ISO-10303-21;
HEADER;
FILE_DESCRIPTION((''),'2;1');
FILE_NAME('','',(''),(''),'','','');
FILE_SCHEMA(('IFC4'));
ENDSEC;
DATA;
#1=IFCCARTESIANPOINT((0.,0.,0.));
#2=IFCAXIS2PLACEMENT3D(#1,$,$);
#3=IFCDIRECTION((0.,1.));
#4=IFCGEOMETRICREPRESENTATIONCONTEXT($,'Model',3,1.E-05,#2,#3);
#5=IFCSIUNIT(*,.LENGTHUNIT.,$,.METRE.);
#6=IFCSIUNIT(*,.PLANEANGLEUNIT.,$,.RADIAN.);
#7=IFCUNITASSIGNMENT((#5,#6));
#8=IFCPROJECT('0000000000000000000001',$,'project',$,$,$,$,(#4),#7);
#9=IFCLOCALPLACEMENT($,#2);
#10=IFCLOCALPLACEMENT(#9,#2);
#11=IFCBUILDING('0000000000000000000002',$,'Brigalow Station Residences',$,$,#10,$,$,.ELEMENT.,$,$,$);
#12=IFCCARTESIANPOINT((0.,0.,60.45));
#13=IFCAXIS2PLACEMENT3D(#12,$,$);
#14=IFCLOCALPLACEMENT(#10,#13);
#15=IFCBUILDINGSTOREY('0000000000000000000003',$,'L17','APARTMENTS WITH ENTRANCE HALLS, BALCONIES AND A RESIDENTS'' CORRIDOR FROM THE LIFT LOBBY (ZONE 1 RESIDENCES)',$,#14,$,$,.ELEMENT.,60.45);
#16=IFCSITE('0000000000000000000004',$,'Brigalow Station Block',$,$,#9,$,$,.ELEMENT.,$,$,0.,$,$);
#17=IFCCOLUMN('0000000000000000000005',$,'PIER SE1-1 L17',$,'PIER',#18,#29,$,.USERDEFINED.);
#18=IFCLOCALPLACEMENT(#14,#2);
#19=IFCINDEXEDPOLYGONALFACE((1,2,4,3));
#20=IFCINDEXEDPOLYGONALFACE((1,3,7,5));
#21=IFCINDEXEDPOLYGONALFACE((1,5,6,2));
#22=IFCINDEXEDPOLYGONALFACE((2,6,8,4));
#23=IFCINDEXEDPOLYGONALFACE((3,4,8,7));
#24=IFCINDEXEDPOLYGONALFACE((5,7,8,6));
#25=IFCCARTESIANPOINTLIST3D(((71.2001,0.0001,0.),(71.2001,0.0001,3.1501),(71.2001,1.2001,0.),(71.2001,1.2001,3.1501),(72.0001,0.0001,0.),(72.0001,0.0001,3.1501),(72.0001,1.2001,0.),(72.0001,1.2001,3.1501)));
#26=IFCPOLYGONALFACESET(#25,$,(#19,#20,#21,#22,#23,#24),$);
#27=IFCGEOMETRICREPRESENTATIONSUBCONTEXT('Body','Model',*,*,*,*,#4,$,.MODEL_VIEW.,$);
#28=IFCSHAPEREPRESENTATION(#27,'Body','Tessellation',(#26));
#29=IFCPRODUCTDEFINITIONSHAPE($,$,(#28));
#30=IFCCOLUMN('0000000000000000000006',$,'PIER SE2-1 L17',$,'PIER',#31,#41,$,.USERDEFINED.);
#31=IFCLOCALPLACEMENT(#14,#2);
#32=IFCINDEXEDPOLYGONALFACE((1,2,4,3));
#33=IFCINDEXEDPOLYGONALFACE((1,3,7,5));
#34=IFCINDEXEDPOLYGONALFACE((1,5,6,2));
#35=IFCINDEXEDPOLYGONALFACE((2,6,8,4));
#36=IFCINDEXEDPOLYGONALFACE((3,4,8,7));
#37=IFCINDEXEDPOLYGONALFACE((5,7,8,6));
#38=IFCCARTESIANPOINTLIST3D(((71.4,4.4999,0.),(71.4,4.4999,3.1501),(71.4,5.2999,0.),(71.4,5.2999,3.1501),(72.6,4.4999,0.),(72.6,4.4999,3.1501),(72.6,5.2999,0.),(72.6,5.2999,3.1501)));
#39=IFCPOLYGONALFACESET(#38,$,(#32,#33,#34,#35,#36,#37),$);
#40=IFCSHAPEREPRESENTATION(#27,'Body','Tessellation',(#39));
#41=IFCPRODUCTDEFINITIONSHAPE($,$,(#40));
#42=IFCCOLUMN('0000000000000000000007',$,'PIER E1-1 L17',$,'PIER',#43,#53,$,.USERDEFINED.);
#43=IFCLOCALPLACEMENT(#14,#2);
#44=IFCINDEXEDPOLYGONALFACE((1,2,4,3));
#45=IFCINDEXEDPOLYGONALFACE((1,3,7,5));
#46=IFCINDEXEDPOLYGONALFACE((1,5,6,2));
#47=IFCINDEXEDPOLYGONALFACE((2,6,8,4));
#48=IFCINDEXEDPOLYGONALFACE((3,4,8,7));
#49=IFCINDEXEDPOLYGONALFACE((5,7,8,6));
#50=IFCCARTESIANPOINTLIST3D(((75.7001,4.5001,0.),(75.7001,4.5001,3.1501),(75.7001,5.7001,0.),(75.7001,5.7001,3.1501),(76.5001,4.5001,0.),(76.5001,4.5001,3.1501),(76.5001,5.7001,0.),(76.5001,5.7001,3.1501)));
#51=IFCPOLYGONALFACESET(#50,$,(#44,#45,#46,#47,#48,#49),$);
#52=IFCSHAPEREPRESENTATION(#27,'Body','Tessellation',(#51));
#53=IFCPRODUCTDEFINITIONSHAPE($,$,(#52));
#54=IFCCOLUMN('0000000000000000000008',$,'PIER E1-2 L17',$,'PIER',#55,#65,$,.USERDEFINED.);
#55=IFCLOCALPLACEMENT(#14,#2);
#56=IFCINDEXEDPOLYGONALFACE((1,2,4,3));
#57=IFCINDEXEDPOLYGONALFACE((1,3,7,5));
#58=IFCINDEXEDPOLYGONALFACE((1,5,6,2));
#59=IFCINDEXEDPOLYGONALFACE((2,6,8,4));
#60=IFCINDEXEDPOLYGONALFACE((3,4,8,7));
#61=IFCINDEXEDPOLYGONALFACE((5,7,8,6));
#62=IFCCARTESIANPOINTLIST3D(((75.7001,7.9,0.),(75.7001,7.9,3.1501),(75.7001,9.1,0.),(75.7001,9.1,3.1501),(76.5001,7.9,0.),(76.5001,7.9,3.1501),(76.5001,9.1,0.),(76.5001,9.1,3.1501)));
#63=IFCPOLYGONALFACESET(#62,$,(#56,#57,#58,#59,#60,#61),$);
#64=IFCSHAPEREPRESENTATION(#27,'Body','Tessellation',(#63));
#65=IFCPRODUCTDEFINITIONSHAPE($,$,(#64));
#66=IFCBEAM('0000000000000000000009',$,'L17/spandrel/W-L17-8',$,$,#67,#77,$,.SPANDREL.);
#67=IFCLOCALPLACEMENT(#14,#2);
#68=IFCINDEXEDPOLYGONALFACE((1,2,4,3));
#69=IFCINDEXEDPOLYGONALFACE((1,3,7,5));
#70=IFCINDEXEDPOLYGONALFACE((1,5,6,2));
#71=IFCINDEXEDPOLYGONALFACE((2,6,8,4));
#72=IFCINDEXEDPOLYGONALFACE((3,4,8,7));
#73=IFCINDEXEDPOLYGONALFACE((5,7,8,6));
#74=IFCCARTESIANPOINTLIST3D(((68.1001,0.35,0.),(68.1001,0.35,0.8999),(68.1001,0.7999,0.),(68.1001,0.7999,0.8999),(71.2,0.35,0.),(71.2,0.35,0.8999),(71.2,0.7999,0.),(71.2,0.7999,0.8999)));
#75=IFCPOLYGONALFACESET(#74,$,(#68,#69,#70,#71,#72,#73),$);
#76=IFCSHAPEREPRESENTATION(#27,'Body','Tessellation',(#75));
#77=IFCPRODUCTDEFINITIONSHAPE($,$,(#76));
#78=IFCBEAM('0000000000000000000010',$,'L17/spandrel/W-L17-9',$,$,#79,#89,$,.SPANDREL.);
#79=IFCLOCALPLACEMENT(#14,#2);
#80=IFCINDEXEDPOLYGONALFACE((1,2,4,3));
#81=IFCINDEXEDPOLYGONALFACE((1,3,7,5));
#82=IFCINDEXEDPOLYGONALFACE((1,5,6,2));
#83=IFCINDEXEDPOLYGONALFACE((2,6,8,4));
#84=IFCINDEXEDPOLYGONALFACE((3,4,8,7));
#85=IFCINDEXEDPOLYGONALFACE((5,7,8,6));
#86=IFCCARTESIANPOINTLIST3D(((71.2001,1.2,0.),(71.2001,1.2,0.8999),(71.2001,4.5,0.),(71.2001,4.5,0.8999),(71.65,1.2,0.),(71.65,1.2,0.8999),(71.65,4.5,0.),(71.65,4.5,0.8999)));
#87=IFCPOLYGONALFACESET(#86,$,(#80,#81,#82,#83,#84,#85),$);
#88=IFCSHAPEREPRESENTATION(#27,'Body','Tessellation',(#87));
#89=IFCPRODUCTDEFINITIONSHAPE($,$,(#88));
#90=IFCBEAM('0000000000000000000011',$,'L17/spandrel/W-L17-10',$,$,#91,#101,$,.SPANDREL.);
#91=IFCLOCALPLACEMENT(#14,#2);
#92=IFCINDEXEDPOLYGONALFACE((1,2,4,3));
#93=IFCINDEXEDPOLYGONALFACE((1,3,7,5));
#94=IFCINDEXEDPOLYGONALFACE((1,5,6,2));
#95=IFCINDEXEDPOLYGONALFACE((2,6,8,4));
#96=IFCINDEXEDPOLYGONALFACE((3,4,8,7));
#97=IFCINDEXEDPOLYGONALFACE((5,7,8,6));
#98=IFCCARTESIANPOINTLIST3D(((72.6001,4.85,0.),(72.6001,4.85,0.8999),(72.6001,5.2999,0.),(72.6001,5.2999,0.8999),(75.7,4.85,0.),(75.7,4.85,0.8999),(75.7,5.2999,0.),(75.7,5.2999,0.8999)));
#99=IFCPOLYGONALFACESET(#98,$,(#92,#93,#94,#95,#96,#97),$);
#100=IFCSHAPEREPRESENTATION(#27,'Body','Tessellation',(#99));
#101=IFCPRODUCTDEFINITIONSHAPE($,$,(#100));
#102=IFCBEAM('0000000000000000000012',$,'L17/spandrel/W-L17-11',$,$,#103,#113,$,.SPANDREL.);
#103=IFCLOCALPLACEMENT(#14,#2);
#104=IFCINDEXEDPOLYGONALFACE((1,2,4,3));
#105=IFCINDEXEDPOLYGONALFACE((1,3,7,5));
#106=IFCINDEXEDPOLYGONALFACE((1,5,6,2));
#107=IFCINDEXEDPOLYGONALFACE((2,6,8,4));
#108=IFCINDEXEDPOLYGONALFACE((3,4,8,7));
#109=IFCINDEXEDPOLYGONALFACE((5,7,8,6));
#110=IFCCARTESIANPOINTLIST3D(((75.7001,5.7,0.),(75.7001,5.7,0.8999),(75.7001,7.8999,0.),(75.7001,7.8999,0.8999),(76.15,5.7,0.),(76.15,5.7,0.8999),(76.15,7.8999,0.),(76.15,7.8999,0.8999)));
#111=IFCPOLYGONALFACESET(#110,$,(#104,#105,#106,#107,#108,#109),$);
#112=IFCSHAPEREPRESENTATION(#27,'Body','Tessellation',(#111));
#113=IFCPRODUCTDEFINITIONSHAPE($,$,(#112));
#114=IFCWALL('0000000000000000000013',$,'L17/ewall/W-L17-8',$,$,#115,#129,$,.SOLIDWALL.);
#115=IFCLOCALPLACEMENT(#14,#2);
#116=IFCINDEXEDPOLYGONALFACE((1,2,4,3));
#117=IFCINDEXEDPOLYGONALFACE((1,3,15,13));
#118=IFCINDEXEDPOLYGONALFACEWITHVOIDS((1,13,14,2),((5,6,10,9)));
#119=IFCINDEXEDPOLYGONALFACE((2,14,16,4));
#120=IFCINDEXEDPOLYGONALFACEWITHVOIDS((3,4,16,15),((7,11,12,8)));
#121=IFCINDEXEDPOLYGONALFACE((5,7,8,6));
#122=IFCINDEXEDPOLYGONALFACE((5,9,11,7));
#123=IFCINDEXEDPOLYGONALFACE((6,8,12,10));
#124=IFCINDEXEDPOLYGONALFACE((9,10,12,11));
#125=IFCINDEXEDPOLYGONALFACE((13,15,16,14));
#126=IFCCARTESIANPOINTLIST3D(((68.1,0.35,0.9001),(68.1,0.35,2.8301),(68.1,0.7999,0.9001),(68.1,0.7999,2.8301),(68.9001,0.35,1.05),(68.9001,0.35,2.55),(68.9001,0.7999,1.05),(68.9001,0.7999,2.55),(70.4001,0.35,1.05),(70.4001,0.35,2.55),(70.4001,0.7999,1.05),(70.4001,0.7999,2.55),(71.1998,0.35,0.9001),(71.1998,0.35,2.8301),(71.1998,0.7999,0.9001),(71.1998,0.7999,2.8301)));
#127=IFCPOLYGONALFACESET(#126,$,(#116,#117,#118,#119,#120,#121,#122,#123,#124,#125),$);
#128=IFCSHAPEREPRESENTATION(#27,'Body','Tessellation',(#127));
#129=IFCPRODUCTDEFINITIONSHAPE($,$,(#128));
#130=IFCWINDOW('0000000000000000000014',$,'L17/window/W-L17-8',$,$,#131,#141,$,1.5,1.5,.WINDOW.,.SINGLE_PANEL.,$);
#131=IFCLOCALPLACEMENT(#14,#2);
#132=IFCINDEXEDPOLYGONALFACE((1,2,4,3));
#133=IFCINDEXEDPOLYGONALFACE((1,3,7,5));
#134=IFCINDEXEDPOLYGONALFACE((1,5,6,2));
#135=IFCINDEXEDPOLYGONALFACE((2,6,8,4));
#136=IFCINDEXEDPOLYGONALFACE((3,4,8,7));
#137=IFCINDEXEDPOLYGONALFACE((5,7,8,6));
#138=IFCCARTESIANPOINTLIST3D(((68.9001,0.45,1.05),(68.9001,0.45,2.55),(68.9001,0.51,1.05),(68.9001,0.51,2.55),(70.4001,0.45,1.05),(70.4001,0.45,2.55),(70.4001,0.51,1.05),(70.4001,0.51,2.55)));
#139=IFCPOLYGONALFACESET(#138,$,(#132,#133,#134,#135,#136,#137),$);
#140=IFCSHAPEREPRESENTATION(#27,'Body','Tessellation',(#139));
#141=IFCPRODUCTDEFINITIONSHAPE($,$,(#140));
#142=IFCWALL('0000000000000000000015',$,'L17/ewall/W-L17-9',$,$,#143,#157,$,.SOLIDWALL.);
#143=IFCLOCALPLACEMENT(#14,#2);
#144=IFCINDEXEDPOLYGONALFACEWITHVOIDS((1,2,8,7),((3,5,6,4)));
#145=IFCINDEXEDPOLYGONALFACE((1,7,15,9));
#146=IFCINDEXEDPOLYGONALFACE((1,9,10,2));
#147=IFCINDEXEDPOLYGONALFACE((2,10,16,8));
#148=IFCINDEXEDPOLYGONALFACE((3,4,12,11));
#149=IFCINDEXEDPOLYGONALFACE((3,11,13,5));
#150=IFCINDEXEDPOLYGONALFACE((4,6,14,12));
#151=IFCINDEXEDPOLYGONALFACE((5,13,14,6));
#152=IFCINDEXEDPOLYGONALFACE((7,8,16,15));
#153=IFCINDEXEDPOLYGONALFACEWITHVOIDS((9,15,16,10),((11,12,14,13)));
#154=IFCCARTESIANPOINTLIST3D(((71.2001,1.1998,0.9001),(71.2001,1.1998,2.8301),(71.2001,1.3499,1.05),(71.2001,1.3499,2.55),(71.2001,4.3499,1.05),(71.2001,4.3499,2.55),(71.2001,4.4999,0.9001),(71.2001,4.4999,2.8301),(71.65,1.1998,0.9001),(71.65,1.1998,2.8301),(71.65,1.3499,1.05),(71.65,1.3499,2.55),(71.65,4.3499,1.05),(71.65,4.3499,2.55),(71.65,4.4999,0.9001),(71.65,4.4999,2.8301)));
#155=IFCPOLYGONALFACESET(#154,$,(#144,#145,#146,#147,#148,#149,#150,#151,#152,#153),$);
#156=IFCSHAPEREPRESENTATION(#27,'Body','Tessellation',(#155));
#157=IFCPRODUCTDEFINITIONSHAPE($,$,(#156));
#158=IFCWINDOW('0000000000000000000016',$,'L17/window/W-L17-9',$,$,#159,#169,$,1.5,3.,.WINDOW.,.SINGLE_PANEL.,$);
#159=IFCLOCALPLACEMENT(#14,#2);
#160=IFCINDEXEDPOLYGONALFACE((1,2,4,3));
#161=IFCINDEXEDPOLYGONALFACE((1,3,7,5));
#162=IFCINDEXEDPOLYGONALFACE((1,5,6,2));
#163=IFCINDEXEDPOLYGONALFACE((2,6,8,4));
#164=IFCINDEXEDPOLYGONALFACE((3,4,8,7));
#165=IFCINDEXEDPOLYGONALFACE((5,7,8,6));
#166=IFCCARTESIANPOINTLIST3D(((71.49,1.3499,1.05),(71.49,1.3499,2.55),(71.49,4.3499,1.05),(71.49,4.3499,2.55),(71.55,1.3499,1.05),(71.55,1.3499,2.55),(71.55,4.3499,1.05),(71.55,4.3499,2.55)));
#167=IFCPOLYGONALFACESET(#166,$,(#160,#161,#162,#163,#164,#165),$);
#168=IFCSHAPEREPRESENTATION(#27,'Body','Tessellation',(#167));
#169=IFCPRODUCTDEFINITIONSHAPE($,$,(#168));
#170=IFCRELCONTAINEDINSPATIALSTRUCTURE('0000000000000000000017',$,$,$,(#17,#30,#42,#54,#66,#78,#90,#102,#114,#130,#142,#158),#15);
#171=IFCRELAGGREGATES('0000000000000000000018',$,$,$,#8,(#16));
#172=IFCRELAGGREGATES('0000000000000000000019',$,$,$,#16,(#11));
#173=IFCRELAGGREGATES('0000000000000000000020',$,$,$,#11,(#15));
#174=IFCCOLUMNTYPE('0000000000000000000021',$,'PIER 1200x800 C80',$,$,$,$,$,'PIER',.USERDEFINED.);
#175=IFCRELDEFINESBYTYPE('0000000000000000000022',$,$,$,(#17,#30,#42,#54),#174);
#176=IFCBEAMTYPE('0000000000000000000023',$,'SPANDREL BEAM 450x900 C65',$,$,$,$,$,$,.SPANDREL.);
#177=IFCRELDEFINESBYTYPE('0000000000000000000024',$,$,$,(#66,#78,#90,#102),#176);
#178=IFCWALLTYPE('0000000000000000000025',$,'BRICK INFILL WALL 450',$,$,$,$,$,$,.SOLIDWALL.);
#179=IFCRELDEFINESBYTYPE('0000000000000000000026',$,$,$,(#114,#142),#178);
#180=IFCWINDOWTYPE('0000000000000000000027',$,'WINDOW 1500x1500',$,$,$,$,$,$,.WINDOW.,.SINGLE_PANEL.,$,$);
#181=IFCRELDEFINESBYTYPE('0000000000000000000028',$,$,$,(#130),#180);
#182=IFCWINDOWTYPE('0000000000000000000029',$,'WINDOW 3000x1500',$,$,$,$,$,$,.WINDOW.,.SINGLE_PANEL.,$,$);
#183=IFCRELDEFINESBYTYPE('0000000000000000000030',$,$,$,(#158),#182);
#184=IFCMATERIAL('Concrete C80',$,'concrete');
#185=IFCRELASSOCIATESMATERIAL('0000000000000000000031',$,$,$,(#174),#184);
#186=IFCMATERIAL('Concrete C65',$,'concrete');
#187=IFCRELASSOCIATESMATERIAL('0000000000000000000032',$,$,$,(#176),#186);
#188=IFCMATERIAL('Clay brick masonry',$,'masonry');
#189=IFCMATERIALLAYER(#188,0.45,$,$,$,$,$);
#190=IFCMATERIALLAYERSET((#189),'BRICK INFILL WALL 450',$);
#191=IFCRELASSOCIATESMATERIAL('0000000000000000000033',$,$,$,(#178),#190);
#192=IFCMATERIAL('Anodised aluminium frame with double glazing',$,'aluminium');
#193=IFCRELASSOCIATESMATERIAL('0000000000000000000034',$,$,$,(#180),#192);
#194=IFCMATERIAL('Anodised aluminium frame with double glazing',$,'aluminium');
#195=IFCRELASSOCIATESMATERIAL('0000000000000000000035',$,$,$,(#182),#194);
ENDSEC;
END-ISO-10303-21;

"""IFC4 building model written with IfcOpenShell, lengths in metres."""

from ifc_helpers import new_model, si_unit, direction, frame, frame_2d, origin, origin_2d, place, context, subcontext, project, spatial, rectangle, extrude, material, layer, layer_set, material_profile, profile_set, type_object, element, fill, save


model = new_model("IFC4")

# Units and contexts
model_context = context("Model", 3, precision=1e-05, world=origin(), true_north=direction((0.0, 1.0)))
body_context = subcontext(model_context, "Body", "Model", "MODEL_VIEW")
ifc_project = project(units=[si_unit("LENGTHUNIT", "METRE"), si_unit("PLANEANGLEUNIT", "RADIAN")], contexts=[model_context])

# Site, building, storey
site_placement = place(None, origin())
site = spatial("IfcSite", under=ifc_project, at=site_placement, Name="Brigalow Station Block", CompositionType="ELEMENT", RefElevation=0.0)
building_placement = place(site_placement, origin())
building = spatial("IfcBuilding", under=site, at=building_placement, Name="Brigalow Station Residences", CompositionType="ELEMENT")
storey_placement = place(building_placement, frame((0.0, 0.0, 60.45)))
storey = spatial("IfcBuildingStorey", under=building, at=storey_placement, Name="L17", Description="APARTMENTS WITH ENTRANCE HALLS, BALCONIES AND A RESIDENTS' CORRIDOR FROM THE LIFT LOBBY (ZONE 1 RESIDENCES)", CompositionType="ELEMENT", Elevation=60.45)

# Columns
ifc_material_1 = material(Name="Concrete C80", Category="concrete")
ifc_material_profile_1 = material_profile(ifc_material_1, rectangle(XDim=1.2, YDim=0.8, at=origin_2d()), Name="RC1200x800")
ifc_profile_set_1 = profile_set([ifc_material_profile_1], Name="Concrete C80")
column_type = type_object("IfcColumnType", Name="PIER 1200x800 C80", ElementType="PIER", PredefinedType="USERDEFINED", material=ifc_profile_set_1)
for number, where, z_axis, x_axis, name in (
    (1, (71.6001, 0.6001, 0.0), (0.0, 0.0, 1.0), (0.0, 1.0, 0.0), "PIER SE1-1 L17"),
    (2, (72.0, 4.8999, 0.0), (0.0, 0.0, 1.0), (1.0, 0.0, 0.0), "PIER SE2-1 L17"),
    (3, (76.1001, 5.1001, 0.0), (0.0, 0.0, 1.0), (0.0, 1.0, 0.0), "PIER E1-1 L17"),
    (4, (76.1001, 8.5, 0.0), (0.0, 0.0, 1.0), (0.0, 1.0, 0.0), "PIER E1-2 L17"),
):
    element("IfcColumn", number, at=place(storey_placement, frame(where, z_axis=z_axis, x_axis=x_axis)), inside=storey, type_object=column_type, Name=name, ObjectType="PIER", PredefinedType="USERDEFINED", context=body_context, shape_type="SweptSolid", body=[
        extrude(rectangle(XDim=1.2, YDim=0.8, at=origin_2d()), origin(), (0.0, 0.0, 1.0), 3.1501),
    ])

# Beams
ifc_material_2 = material(Name="Concrete C65", Category="concrete")
ifc_material_profile_2 = material_profile(ifc_material_2, rectangle(XDim=0.45, YDim=0.8999, at=origin_2d()), Name="RC450x900")
ifc_profile_set_2 = profile_set([ifc_material_profile_2], Name="Concrete C65")
beam_type = type_object("IfcBeamType", Name="SPANDREL BEAM 450x900 C65", PredefinedType="SPANDREL", material=ifc_profile_set_2)
beam_1_placement = place(storey_placement, frame((68.1001, 0.575, 0.45), z_axis=(1.0, 0.0, 0.0), x_axis=(0.0, 1.0, 0.0)))
element("IfcBeam", 5, at=beam_1_placement, inside=storey, type_object=beam_type, Name="L17/spandrel/W-L17-8", PredefinedType="SPANDREL", context=body_context, shape_type="SweptSolid", body=[
    extrude(rectangle(XDim=0.45, YDim=0.8999, at=origin_2d()), origin(), (0.0, 0.0, 1.0), 3.0999),
])
beam_2_placement = place(storey_placement, frame((71.425, 1.2, 0.45), z_axis=(0.0, 1.0, 0.0), x_axis=(-1.0, 0.0, 0.0)))
element("IfcBeam", 6, at=beam_2_placement, inside=storey, type_object=beam_type, Name="L17/spandrel/W-L17-9", PredefinedType="SPANDREL", context=body_context, shape_type="SweptSolid", body=[
    extrude(rectangle(XDim=0.45, YDim=0.8999, at=origin_2d()), origin(), (0.0, 0.0, 1.0), 3.3),
])
beam_3_placement = place(storey_placement, frame((72.6001, 5.075, 0.45), z_axis=(1.0, 0.0, 0.0), x_axis=(0.0, 1.0, 0.0)))
element("IfcBeam", 7, at=beam_3_placement, inside=storey, type_object=beam_type, Name="L17/spandrel/W-L17-10", PredefinedType="SPANDREL", context=body_context, shape_type="SweptSolid", body=[
    extrude(rectangle(XDim=0.45, YDim=0.8999, at=origin_2d()), origin(), (0.0, 0.0, 1.0), 3.0999),
])
beam_4_placement = place(storey_placement, frame((75.925, 5.7, 0.45), z_axis=(0.0, 1.0, 0.0), x_axis=(-1.0, 0.0, 0.0)))
element("IfcBeam", 8, at=beam_4_placement, inside=storey, type_object=beam_type, Name="L17/spandrel/W-L17-11", PredefinedType="SPANDREL", context=body_context, shape_type="SweptSolid", body=[
    extrude(rectangle(XDim=0.45, YDim=0.8999, at=origin_2d()), origin(), (0.0, 0.0, 1.0), 2.2),
])

# Walls, openings, windows
ifc_material_3 = material(Name="Clay brick masonry", Category="masonry")
ifc_layer_1 = layer(ifc_material_3, 0.45)
ifc_layer_set_1 = layer_set([ifc_layer_1], Name="BRICK INFILL WALL 450")
wall_type_1 = type_object("IfcWallType", Name="BRICK INFILL WALL 450", PredefinedType="SOLIDWALL", material=ifc_layer_set_1)
wall_1_placement = place(storey_placement, frame((68.1001, 0.575, 0.9001), z_axis=(0.0, 0.0, 1.0), x_axis=(1.0, 0.0, 0.0)))
wall_1 = element("IfcWall", 9, at=wall_1_placement, inside=storey, type_object=wall_type_1, Name="L17/ewall/W-L17-8", PredefinedType="SOLIDWALL", context=body_context, shape_type="SweptSolid", body=[
    extrude(rectangle(XDim=3.0999, YDim=0.45, at=frame_2d((1.5498, 0.0))), origin(), (0.0, 0.0, 1.0), 1.9299),
])
opening_1_placement = place(wall_1_placement, frame((0.8, 0.0, 0.1499)))
opening_1 = element("IfcOpeningElement", 10, at=opening_1_placement, cuts=wall_1, PredefinedType="OPENING", context=body_context, shape_type="SweptSolid", body=[
    extrude(rectangle(XDim=1.5, YDim=1.5, at=frame_2d((0.75, 0.75))), frame((0.0, 0.2349, 0.0), z_axis=(0.0, -1.0, 0.0), x_axis=(1.0, 0.0, 0.0)), (0.0, 0.0, 1.0), 0.47),
])
ifc_material_4 = material(Name="Anodised aluminium frame with double glazing", Category="aluminium")
window_type_1 = type_object("IfcWindowType", Name="WINDOW 1500x1500", PartitioningType="SINGLE_PANEL", PredefinedType="WINDOW", material=ifc_material_4)
window_1_placement = place(opening_1_placement, origin())
window_1 = element("IfcWindow", 11, at=window_1_placement, inside=storey, type_object=window_type_1, Name="L17/window/W-L17-8", OverallHeight=1.5, OverallWidth=1.5, PartitioningType="SINGLE_PANEL", PredefinedType="WINDOW", context=body_context, shape_type="SweptSolid", body=[
    extrude(rectangle(XDim=1.5, YDim=1.5, at=frame_2d((0.75, 0.75))), frame((0.0, -0.0649, 0.0), z_axis=(0.0, -1.0, 0.0), x_axis=(1.0, 0.0, 0.0)), (0.0, 0.0, 1.0), 0.0601),
])
fill(opening_1, window_1)
wall_2_placement = place(storey_placement, frame((71.425, 1.2, 0.9001), z_axis=(0.0, 0.0, 1.0), x_axis=(0.0, 1.0, 0.0)))
wall_2 = element("IfcWall", 12, at=wall_2_placement, inside=storey, type_object=wall_type_1, Name="L17/ewall/W-L17-9", PredefinedType="SOLIDWALL", context=body_context, shape_type="SweptSolid", body=[
    extrude(rectangle(XDim=3.3, YDim=0.45, at=frame_2d((1.6499, 0.0))), origin(), (0.0, 0.0, 1.0), 1.9299),
])
opening_2_placement = place(wall_2_placement, frame((0.1499, 0.0, 0.1499)))
opening_2 = element("IfcOpeningElement", 13, at=opening_2_placement, cuts=wall_2, PredefinedType="OPENING", context=body_context, shape_type="SweptSolid", body=[
    extrude(rectangle(XDim=3.0, YDim=1.5, at=frame_2d((1.5, 0.75))), frame((0.0, 0.2349, 0.0), z_axis=(0.0, -1.0, 0.0), x_axis=(1.0, 0.0, 0.0)), (0.0, 0.0, 1.0), 0.47),
])
ifc_material_5 = material(Name="Anodised aluminium frame with double glazing", Category="aluminium")
window_type_2 = type_object("IfcWindowType", Name="WINDOW 3000x1500", PartitioningType="SINGLE_PANEL", PredefinedType="WINDOW", material=ifc_material_5)
window_2_placement = place(opening_2_placement, origin())
window_2 = element("IfcWindow", 14, at=window_2_placement, inside=storey, type_object=window_type_2, Name="L17/window/W-L17-9", OverallHeight=1.5, OverallWidth=3.0, PartitioningType="SINGLE_PANEL", PredefinedType="WINDOW", context=body_context, shape_type="SweptSolid", body=[
    extrude(rectangle(XDim=3.0, YDim=1.5, at=frame_2d((1.5, 0.75))), frame((0.0, -0.0649, 0.0), z_axis=(0.0, -1.0, 0.0), x_axis=(1.0, 0.0, 0.0)), (0.0, 0.0, 1.0), 0.0601),
])
fill(opening_2, window_2)

save(model, "model.ifc")
